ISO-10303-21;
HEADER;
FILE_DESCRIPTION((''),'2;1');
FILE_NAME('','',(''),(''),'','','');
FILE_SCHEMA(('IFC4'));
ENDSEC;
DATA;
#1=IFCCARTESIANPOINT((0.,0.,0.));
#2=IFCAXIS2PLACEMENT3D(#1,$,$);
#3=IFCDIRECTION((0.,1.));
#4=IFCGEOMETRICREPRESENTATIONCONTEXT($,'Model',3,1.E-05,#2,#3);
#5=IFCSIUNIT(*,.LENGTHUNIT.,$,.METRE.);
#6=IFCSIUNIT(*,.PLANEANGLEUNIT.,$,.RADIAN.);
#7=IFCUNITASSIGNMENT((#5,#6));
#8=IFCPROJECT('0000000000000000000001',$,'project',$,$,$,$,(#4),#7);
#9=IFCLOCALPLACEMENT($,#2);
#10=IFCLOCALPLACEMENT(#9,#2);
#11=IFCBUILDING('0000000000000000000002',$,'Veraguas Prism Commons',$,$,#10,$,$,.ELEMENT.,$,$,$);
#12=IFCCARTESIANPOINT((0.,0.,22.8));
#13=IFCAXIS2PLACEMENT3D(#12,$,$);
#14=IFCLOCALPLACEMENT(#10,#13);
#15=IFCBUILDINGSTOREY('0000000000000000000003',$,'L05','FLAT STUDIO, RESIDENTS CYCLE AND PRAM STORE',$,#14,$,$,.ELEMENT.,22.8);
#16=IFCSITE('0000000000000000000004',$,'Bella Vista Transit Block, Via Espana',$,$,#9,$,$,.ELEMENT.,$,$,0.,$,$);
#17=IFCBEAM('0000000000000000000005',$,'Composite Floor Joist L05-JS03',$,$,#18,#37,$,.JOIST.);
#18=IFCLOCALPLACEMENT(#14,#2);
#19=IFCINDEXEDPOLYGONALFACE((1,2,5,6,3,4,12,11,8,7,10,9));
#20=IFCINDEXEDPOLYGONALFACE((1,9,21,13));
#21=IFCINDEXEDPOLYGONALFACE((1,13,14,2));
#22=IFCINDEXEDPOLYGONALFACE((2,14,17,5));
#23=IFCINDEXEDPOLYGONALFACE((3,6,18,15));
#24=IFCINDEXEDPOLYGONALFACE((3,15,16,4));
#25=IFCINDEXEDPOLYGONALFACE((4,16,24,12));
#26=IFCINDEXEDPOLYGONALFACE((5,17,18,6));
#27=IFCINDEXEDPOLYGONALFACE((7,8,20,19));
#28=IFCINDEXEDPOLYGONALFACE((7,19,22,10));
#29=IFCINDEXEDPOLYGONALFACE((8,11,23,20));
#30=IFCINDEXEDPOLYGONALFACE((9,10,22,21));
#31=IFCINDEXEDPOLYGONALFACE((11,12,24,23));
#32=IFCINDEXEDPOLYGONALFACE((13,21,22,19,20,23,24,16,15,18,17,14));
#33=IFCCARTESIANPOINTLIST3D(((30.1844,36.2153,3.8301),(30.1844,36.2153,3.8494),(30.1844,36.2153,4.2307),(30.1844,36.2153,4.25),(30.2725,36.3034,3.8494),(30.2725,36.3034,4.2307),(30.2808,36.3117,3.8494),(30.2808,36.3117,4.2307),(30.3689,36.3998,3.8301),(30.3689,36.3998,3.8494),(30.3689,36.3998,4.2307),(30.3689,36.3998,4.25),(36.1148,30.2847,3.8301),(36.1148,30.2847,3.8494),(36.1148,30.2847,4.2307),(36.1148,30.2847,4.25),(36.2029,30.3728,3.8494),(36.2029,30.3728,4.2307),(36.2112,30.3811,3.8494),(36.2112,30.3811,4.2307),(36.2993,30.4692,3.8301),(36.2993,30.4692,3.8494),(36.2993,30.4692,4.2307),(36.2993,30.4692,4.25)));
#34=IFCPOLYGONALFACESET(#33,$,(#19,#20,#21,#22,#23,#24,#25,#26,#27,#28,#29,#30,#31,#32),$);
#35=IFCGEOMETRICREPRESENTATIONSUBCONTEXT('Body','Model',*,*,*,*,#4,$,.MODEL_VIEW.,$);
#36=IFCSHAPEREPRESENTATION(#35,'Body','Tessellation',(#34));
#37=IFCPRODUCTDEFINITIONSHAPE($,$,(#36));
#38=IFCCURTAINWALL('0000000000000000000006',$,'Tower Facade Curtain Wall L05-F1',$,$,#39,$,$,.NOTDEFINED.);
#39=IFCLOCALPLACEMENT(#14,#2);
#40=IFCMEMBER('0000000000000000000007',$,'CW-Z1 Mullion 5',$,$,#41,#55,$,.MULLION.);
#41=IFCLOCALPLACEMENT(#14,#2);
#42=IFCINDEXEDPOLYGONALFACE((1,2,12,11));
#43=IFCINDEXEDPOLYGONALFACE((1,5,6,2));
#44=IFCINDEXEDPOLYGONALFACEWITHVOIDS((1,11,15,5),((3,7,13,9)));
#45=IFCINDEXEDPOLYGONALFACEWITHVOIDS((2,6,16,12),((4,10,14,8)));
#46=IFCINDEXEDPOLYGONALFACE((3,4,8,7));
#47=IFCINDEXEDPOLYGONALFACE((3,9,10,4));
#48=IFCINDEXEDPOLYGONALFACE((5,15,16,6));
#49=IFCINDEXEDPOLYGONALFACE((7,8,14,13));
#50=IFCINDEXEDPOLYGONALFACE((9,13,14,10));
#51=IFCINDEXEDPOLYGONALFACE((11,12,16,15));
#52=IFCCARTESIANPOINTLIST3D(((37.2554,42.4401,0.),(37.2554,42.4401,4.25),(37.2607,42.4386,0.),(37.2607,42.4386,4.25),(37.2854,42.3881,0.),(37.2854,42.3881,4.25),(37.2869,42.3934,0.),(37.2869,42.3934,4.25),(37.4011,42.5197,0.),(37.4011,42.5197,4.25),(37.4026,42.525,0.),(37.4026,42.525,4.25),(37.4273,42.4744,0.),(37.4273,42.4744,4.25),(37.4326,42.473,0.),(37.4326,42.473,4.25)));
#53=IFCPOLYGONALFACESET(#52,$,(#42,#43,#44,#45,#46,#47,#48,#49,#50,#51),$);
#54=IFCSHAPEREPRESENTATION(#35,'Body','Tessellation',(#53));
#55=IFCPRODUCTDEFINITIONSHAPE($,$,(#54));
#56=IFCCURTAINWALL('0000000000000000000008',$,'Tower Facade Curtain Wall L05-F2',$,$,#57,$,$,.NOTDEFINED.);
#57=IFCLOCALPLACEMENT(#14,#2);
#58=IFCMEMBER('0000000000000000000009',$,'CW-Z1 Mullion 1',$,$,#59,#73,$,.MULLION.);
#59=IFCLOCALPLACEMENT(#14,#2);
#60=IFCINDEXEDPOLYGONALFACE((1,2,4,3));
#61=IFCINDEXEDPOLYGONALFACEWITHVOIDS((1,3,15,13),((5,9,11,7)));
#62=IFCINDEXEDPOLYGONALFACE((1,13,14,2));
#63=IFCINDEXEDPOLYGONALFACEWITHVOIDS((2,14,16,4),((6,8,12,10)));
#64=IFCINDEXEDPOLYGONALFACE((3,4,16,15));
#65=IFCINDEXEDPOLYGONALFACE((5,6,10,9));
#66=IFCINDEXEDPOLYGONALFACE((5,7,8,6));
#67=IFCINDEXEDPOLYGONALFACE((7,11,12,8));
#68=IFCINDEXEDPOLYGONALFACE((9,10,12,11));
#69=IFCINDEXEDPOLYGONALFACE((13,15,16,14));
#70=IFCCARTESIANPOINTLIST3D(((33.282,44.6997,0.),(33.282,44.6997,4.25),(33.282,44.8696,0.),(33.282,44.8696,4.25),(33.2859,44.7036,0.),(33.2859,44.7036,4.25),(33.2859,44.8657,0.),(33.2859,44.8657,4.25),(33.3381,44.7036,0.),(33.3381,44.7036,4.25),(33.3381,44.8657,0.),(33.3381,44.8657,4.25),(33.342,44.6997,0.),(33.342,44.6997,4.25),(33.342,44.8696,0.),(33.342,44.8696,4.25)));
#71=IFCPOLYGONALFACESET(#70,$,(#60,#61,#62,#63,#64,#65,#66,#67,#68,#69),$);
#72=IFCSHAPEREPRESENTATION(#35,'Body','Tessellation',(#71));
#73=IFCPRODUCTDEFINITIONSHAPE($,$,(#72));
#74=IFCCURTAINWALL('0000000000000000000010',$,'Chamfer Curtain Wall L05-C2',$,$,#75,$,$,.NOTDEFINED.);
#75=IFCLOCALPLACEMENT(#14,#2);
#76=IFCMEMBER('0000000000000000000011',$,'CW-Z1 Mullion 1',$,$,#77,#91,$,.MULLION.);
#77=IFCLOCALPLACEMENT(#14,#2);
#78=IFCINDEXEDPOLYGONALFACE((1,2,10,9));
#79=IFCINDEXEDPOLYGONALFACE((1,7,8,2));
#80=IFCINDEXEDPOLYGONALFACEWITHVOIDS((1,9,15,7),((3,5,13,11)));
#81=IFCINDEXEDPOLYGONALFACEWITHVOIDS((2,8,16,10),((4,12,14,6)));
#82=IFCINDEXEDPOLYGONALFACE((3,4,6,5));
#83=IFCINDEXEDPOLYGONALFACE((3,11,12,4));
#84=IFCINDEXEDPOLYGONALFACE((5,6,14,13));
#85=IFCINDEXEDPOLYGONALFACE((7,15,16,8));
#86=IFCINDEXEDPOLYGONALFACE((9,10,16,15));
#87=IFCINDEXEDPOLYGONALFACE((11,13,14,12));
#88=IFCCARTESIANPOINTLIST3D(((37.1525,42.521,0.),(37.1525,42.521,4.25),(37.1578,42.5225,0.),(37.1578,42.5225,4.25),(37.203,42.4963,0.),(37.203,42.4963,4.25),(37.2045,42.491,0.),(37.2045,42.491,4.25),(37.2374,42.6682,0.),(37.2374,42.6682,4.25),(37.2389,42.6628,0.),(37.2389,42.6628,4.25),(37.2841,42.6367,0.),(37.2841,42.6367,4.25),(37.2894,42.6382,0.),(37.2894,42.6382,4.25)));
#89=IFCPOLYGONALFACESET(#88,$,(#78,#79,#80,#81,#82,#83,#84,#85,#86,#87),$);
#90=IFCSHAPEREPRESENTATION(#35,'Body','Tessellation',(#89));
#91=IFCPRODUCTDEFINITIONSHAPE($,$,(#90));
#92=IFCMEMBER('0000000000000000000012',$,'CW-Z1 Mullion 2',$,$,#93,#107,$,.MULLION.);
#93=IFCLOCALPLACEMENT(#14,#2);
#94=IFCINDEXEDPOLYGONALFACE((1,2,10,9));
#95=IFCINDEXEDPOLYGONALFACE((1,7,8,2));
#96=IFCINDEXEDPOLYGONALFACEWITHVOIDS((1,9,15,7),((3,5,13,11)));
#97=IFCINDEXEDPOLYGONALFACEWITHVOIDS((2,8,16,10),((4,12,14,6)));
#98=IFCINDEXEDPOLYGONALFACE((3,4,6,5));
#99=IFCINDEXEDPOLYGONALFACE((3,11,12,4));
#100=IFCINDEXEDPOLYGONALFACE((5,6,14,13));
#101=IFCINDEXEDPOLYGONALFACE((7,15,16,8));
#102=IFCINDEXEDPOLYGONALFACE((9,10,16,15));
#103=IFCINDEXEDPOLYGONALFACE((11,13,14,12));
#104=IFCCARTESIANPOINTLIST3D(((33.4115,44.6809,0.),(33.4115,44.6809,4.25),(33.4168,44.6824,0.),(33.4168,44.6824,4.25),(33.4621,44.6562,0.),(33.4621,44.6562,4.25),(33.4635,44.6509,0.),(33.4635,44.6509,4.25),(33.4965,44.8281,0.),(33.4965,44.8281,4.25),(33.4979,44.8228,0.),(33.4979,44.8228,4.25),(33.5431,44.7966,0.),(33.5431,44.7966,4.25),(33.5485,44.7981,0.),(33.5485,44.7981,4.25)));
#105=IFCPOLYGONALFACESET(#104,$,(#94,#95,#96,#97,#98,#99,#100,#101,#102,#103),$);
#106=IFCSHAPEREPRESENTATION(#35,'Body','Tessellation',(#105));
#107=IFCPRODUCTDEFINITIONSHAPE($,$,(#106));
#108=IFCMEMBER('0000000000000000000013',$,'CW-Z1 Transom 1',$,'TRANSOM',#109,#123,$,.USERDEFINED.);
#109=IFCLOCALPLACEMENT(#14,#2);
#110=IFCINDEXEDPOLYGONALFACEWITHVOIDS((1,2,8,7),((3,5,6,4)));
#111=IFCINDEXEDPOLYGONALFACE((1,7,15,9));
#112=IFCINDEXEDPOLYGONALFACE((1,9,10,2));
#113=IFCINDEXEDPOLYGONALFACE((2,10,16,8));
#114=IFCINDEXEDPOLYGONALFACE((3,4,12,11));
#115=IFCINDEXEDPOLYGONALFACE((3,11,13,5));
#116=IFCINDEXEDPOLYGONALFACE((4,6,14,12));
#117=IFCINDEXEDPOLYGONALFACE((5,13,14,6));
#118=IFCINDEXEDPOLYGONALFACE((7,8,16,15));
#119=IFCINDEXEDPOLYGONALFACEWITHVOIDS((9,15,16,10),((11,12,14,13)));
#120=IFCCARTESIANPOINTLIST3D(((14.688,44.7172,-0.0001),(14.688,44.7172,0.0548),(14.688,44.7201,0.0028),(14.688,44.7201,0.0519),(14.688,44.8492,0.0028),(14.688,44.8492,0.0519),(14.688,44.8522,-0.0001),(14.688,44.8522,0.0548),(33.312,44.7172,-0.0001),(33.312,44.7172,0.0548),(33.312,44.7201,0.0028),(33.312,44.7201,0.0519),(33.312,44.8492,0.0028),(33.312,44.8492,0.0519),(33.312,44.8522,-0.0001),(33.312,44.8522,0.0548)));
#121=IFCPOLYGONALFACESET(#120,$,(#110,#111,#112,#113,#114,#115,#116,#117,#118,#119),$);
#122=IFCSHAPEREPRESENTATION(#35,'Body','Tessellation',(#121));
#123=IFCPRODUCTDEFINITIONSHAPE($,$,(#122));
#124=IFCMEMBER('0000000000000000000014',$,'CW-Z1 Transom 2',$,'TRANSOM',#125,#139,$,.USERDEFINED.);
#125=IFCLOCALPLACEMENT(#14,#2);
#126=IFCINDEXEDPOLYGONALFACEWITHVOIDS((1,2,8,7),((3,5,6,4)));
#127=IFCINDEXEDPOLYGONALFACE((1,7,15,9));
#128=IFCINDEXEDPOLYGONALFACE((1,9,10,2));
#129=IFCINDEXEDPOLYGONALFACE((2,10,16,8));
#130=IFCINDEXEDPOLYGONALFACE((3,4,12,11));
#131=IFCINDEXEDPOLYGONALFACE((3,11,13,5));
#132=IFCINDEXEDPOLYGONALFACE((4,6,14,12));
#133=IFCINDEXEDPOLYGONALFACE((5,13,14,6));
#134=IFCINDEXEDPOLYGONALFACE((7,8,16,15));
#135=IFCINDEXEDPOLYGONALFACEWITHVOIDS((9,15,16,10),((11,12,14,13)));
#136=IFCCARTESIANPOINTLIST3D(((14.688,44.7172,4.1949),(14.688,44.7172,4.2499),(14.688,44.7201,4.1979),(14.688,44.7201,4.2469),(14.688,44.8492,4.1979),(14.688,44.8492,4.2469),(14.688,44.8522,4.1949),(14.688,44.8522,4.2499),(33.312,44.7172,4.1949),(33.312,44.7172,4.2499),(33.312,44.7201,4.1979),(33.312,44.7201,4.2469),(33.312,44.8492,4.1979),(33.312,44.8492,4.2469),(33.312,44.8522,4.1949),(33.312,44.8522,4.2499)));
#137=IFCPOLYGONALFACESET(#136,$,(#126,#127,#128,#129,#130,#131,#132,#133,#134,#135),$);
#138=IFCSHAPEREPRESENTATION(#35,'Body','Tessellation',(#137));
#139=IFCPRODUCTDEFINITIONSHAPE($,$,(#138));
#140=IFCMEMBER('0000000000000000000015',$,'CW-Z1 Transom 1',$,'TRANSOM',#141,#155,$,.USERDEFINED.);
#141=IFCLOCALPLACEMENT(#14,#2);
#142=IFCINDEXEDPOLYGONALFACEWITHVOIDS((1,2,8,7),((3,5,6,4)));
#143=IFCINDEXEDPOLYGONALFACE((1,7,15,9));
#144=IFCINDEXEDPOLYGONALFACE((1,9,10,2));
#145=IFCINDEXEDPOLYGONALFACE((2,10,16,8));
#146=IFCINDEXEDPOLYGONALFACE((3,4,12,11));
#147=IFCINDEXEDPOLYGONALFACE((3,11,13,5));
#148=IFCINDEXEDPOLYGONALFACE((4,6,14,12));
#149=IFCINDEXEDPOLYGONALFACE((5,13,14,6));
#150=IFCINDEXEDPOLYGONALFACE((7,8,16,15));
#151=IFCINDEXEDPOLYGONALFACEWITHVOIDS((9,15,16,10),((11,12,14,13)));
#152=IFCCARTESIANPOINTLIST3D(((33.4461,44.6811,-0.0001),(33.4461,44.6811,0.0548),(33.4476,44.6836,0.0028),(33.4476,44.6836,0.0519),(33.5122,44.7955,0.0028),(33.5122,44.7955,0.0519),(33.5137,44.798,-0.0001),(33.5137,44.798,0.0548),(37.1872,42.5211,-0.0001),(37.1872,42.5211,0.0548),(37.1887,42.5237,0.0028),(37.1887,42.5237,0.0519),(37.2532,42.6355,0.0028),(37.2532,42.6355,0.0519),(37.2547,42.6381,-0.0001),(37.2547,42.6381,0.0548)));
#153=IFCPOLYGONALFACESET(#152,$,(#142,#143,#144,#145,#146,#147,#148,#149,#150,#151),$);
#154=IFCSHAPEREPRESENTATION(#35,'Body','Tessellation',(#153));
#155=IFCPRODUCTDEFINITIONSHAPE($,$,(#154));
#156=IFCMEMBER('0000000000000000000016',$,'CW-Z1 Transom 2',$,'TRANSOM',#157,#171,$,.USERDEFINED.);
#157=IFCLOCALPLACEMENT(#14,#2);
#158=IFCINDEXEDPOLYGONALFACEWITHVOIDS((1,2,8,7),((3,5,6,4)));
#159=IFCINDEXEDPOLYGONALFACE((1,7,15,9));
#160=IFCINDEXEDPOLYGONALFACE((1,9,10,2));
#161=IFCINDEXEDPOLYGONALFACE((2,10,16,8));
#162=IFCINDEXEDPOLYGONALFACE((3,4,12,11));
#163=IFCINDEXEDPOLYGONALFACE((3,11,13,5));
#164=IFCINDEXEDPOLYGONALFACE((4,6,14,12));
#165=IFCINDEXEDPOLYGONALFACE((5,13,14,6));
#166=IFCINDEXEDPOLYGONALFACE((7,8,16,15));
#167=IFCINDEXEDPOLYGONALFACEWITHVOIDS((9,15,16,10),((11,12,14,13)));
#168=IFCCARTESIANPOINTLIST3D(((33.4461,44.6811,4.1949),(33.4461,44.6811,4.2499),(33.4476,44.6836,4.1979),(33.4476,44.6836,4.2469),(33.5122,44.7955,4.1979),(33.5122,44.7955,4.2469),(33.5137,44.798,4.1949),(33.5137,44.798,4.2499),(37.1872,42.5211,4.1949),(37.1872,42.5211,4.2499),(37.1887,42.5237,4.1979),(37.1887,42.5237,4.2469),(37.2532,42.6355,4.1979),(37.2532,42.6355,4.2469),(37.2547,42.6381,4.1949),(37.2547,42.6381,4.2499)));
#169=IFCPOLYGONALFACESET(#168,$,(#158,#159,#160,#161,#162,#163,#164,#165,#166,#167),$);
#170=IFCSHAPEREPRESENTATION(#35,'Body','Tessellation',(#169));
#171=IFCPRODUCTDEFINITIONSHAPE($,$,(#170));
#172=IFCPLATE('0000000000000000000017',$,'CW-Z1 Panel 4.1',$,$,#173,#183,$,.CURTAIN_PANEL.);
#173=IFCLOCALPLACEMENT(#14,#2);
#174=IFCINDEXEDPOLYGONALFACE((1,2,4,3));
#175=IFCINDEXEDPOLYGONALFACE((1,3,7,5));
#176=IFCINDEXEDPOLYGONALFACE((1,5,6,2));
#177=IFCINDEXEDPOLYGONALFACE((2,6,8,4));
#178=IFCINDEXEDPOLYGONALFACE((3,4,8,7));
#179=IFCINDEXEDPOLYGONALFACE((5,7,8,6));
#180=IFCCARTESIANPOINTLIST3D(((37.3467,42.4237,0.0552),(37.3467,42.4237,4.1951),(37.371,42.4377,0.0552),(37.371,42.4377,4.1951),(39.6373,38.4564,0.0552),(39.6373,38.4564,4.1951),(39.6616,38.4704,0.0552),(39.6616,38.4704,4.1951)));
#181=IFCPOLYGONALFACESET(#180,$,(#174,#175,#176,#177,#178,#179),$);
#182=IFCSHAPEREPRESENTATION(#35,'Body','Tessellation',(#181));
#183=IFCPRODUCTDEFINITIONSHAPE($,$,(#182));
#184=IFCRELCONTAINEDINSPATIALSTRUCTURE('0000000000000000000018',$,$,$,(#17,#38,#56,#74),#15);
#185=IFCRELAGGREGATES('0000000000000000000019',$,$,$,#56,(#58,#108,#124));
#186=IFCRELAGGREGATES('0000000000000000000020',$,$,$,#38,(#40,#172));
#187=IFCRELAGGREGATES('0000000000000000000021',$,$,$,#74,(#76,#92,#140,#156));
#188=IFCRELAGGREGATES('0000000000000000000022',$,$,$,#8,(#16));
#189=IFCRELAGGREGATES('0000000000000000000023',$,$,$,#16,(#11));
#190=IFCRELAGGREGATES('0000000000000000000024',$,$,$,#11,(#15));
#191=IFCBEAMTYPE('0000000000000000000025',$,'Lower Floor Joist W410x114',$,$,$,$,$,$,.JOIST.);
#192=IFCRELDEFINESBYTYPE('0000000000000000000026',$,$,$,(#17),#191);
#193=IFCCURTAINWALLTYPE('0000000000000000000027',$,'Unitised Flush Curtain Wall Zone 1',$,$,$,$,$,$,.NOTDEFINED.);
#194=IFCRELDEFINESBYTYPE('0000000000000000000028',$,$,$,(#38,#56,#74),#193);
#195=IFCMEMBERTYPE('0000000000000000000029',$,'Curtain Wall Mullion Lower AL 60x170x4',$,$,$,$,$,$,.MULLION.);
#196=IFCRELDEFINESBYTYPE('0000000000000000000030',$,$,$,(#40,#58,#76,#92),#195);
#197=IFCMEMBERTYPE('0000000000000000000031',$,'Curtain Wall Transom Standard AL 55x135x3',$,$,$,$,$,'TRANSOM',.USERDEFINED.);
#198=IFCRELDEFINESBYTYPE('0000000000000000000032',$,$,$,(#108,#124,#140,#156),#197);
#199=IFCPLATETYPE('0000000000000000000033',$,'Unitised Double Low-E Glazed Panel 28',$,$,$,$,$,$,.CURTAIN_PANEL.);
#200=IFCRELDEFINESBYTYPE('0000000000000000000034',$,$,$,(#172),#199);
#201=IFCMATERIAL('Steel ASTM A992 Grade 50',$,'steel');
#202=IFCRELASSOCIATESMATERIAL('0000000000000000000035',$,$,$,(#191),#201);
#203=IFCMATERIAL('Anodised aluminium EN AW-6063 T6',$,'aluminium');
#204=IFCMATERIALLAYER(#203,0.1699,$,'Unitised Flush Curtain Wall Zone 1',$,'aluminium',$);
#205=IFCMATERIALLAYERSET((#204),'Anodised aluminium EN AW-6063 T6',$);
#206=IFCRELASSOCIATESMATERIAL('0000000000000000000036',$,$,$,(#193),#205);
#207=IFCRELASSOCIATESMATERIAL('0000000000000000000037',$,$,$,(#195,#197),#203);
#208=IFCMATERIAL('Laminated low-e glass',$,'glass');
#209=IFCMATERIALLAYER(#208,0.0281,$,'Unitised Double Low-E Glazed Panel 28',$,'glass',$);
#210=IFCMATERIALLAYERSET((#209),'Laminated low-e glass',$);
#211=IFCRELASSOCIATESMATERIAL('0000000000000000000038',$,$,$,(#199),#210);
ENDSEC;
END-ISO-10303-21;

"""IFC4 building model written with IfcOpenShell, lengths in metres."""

from ifc_helpers import new_model, si_unit, direction, frame, origin, origin_2d, place, context, subcontext, project, spatial, rectangle, hollow_rectangle, i_section, extrude, source, transform, mapped, material, layer, layer_set, material_profile, profile_set, type_object, element, aggregate, save


model = new_model("IFC4")

# Units and contexts
model_context = context("Model", 3, precision=1e-05, world=origin(), true_north=direction((0.0, 1.0)))
body_context = subcontext(model_context, "Body", "Model", "MODEL_VIEW")
ifc_project = project(units=[si_unit("LENGTHUNIT", "METRE"), si_unit("PLANEANGLEUNIT", "RADIAN")], contexts=[model_context])

# Site, building, storey
site_placement = place(None, origin())
site = spatial("IfcSite", under=ifc_project, at=site_placement, Name="Bella Vista Transit Block, Via Espana", CompositionType="ELEMENT", RefElevation=0.0)
building_placement = place(site_placement, origin())
building = spatial("IfcBuilding", under=site, at=building_placement, Name="Veraguas Prism Commons", CompositionType="ELEMENT")
storey_placement = place(building_placement, frame((0.0, 0.0, 22.8)))
storey = spatial("IfcBuildingStorey", under=building, at=storey_placement, Name="L05", Description="FLAT STUDIO, RESIDENTS CYCLE AND PRAM STORE", CompositionType="ELEMENT", Elevation=22.8)

# Beam
ifc_material_1 = material(Name="Steel ASTM A992 Grade 50", Category="steel")
ifc_material_profile_1 = material_profile(ifc_material_1, i_section(OverallWidth=0.261, OverallDepth=0.4199, WebThickness=0.0117, FlangeThickness=0.0193, at=origin_2d()), Name="W410X114")
ifc_profile_set_1 = profile_set([ifc_material_profile_1], Name="Steel ASTM A992 Grade 50")
beam_type = type_object("IfcBeamType", Name="Lower Floor Joist W410x114", PredefinedType="JOIST", material=ifc_profile_set_1)
beam_placement = place(storey_placement, frame((36.207, 30.377, 4.04), z_axis=(-0.707092, 0.707121, 0.0), x_axis=(-0.707121, -0.707092, 0.0)))
element("IfcBeam", 1, at=beam_placement, inside=storey, type_object=beam_type, Name="Composite Floor Joist L05-JS03", PredefinedType="JOIST", context=body_context, shape_type="SweptSolid", body=[
    extrude(i_section(OverallWidth=0.261, OverallDepth=0.4199, WebThickness=0.0117, FlangeThickness=0.0193, at=origin_2d()), origin(), (0.0, 0.0, 1.0), 8.387),
])

# Curtain walls, members
ifc_material_2 = material(Name="Anodised aluminium EN AW-6063 T6", Category="aluminium")
ifc_layer_1 = layer(ifc_material_2, 0.1699, Name="Unitised Flush Curtain Wall Zone 1", Category="aluminium")
ifc_layer_set_1 = layer_set([ifc_layer_1], Name="Anodised aluminium EN AW-6063 T6")
curtain_wall_type = type_object("IfcCurtainWallType", Name="Unitised Flush Curtain Wall Zone 1", PredefinedType="NOTDEFINED", material=ifc_layer_set_1)
curtain_wall_1_placement = place(storey_placement, origin())
curtain_wall_1 = element("IfcCurtainWall", 2, at=curtain_wall_1_placement, inside=storey, type_object=curtain_wall_type, Name="Tower Facade Curtain Wall L05-F1", PredefinedType="NOTDEFINED")
ifc_material_profile_2 = material_profile(ifc_material_2, hollow_rectangle(XDim=0.0601, YDim=0.1699, WallThickness=0.0039, at=origin_2d()), Name="AL60X170X4")
ifc_profile_set_2 = profile_set([ifc_material_profile_2], Name="Anodised aluminium EN AW-6063 T6")
member_type_1 = type_object("IfcMemberType", Name="Curtain Wall Mullion Lower AL 60x170x4", PredefinedType="MULLION", material=ifc_profile_set_2)
shared_shape_1 = source(origin(), body_context, "Body", "SweptSolid", [
    extrude(hollow_rectangle(XDim=0.0601, YDim=0.1699, WallThickness=0.0039, at=origin_2d()), origin(), (0.0, 0.0, 1.0), 4.25),
])
member_1_placement = place(storey_placement, frame((37.344, 42.4565, 0.0), z_axis=(0.0, 0.0, 1.0), x_axis=(-0.500005, 0.866023, 0.0)))
member_1 = element("IfcMember", 3, at=member_1_placement, type_object=member_type_1, Name="CW-Z1 Mullion 5", PredefinedType="MULLION", context=body_context, shape_type="MappedRepresentation", body=[
    mapped(shared_shape_1, transform((0.0, 0.0, 0.0), scale=1.0)),
])
curtain_wall_2_placement = place(storey_placement, origin())
curtain_wall_2 = element("IfcCurtainWall", 4, at=curtain_wall_2_placement, inside=storey, type_object=curtain_wall_type, Name="Tower Facade Curtain Wall L05-F2", PredefinedType="NOTDEFINED")
member_2_placement = place(storey_placement, frame((33.312, 44.7847, 0.0), z_axis=(0.0, 0.0, 1.0), x_axis=(-1.0, 0.0, 0.0)))
member_2 = element("IfcMember", 5, at=member_2_placement, type_object=member_type_1, Name="CW-Z1 Mullion 1", PredefinedType="MULLION", context=body_context, shape_type="MappedRepresentation", body=[
    mapped(shared_shape_1, transform((0.0, 0.0, 0.0), scale=1.0)),
])

# Curtain wall, members
curtain_wall_3_placement = place(storey_placement, origin())
curtain_wall_3 = element("IfcCurtainWall", 6, at=curtain_wall_3_placement, inside=storey, type_object=curtain_wall_type, Name="Chamfer Curtain Wall L05-C2", PredefinedType="NOTDEFINED")
member_3_placement = place(storey_placement, frame((37.2209, 42.5796, 0.0), z_axis=(0.0, 0.0, 1.0), x_axis=(-0.86602, 0.500009, 0.0)))
member_3 = element("IfcMember", 7, at=member_3_placement, type_object=member_type_1, Name="CW-Z1 Mullion 1", PredefinedType="MULLION", context=body_context, shape_type="MappedRepresentation", body=[
    mapped(shared_shape_1, transform((0.0, 0.0, 0.0), scale=1.0)),
])
member_4_placement = place(storey_placement, frame((33.48, 44.7395, 0.0), z_axis=(0.0, 0.0, 1.0), x_axis=(-0.86602, 0.500009, 0.0)))
member_4 = element("IfcMember", 8, at=member_4_placement, type_object=member_type_1, Name="CW-Z1 Mullion 2", PredefinedType="MULLION", context=body_context, shape_type="MappedRepresentation", body=[
    mapped(shared_shape_1, transform((0.0, 0.0, 0.0), scale=1.0)),
])

# Members
ifc_material_profile_3 = material_profile(ifc_material_2, hollow_rectangle(XDim=0.0549, YDim=0.135, WallThickness=0.0029, at=origin_2d()), Name="AL55X135X3")
ifc_profile_set_3 = profile_set([ifc_material_profile_3], Name="Anodised aluminium EN AW-6063 T6")
member_type_2 = type_object("IfcMemberType", Name="Curtain Wall Transom Standard AL 55x135x3", ElementType="TRANSOM", PredefinedType="USERDEFINED", material=ifc_profile_set_3)
shared_shape_2 = source(origin(), body_context, "Body", "SweptSolid", [
    extrude(hollow_rectangle(XDim=0.0549, YDim=0.135, WallThickness=0.0029, at=origin_2d()), origin(), (0.0, 0.0, 1.0), 18.624),
])
member_5_placement = place(storey_placement, frame((33.312, 44.7847, 0.0273), z_axis=(-1.0, 0.0, 0.0), x_axis=(0.0, 0.0, 1.0)))
member_5 = element("IfcMember", 9, at=member_5_placement, type_object=member_type_2, Name="CW-Z1 Transom 1", ObjectType="TRANSOM", PredefinedType="USERDEFINED", context=body_context, shape_type="MappedRepresentation", body=[
    mapped(shared_shape_2, transform((0.0, 0.0, 0.0), scale=1.0)),
])
member_6_placement = place(storey_placement, frame((33.312, 44.7847, 4.2224), z_axis=(-1.0, 0.0, 0.0), x_axis=(0.0, 0.0, 1.0)))
member_6 = element("IfcMember", 10, at=member_6_placement, type_object=member_type_2, Name="CW-Z1 Transom 2", ObjectType="TRANSOM", PredefinedType="USERDEFINED", context=body_context, shape_type="MappedRepresentation", body=[
    mapped(shared_shape_2, transform((0.0, 0.0, 0.0), scale=1.0)),
])
aggregate(curtain_wall_2, [member_2, member_5, member_6])
shared_shape_3 = source(origin(), body_context, "Body", "SweptSolid", [
    extrude(hollow_rectangle(XDim=0.0549, YDim=0.135, WallThickness=0.0029, at=origin_2d()), origin(), (0.0, 0.0, 1.0), 4.3198),
])
member_7_placement = place(storey_placement, frame((37.2209, 42.5796, 0.0273), z_axis=(-0.866019, 0.500011, 0.0), x_axis=(0.0, 0.0, 1.0)))
member_7 = element("IfcMember", 11, at=member_7_placement, type_object=member_type_2, Name="CW-Z1 Transom 1", ObjectType="TRANSOM", PredefinedType="USERDEFINED", context=body_context, shape_type="MappedRepresentation", body=[
    mapped(shared_shape_3, transform((0.0, 0.0, 0.0), scale=1.0)),
])
member_8_placement = place(storey_placement, frame((37.2209, 42.5796, 4.2224), z_axis=(-0.866019, 0.500011, 0.0), x_axis=(0.0, 0.0, 1.0)))
member_8 = element("IfcMember", 12, at=member_8_placement, type_object=member_type_2, Name="CW-Z1 Transom 2", ObjectType="TRANSOM", PredefinedType="USERDEFINED", context=body_context, shape_type="MappedRepresentation", body=[
    mapped(shared_shape_3, transform((0.0, 0.0, 0.0), scale=1.0)),
])

# Plate
ifc_material_3 = material(Name="Laminated low-e glass", Category="glass")
ifc_layer_2 = layer(ifc_material_3, 0.0281, Name="Unitised Double Low-E Glazed Panel 28", Category="glass")
ifc_layer_set_2 = layer_set([ifc_layer_2], Name="Laminated low-e glass")
plate_type = type_object("IfcPlateType", Name="Unitised Double Low-E Glazed Panel 28", PredefinedType="CURTAIN_PANEL", material=ifc_layer_set_2)
shared_shape_4 = source(origin(), body_context, "Body", "SweptSolid", [
    extrude(rectangle(XDim=4.5811, YDim=0.0281, at=origin_2d()), origin(), (0.0, 0.0, 1.0), 4.1399),
])
plate_1_placement = place(storey_placement, frame((38.5042, 40.447, 0.0552), z_axis=(0.0, 0.0, 1.0), x_axis=(-0.500005, 0.866023, 0.0)))
plate_1 = element("IfcPlate", 13, at=plate_1_placement, type_object=plate_type, Name="CW-Z1 Panel 4.1", PredefinedType="CURTAIN_PANEL", context=body_context, shape_type="MappedRepresentation", body=[
    mapped(shared_shape_4, transform((0.0, 0.0, 0.0), scale=1.0)),
])
aggregate(curtain_wall_1, [member_1, plate_1])
aggregate(curtain_wall_3, [member_3, member_4, member_7, member_8])

save(model, "model.ifc")
